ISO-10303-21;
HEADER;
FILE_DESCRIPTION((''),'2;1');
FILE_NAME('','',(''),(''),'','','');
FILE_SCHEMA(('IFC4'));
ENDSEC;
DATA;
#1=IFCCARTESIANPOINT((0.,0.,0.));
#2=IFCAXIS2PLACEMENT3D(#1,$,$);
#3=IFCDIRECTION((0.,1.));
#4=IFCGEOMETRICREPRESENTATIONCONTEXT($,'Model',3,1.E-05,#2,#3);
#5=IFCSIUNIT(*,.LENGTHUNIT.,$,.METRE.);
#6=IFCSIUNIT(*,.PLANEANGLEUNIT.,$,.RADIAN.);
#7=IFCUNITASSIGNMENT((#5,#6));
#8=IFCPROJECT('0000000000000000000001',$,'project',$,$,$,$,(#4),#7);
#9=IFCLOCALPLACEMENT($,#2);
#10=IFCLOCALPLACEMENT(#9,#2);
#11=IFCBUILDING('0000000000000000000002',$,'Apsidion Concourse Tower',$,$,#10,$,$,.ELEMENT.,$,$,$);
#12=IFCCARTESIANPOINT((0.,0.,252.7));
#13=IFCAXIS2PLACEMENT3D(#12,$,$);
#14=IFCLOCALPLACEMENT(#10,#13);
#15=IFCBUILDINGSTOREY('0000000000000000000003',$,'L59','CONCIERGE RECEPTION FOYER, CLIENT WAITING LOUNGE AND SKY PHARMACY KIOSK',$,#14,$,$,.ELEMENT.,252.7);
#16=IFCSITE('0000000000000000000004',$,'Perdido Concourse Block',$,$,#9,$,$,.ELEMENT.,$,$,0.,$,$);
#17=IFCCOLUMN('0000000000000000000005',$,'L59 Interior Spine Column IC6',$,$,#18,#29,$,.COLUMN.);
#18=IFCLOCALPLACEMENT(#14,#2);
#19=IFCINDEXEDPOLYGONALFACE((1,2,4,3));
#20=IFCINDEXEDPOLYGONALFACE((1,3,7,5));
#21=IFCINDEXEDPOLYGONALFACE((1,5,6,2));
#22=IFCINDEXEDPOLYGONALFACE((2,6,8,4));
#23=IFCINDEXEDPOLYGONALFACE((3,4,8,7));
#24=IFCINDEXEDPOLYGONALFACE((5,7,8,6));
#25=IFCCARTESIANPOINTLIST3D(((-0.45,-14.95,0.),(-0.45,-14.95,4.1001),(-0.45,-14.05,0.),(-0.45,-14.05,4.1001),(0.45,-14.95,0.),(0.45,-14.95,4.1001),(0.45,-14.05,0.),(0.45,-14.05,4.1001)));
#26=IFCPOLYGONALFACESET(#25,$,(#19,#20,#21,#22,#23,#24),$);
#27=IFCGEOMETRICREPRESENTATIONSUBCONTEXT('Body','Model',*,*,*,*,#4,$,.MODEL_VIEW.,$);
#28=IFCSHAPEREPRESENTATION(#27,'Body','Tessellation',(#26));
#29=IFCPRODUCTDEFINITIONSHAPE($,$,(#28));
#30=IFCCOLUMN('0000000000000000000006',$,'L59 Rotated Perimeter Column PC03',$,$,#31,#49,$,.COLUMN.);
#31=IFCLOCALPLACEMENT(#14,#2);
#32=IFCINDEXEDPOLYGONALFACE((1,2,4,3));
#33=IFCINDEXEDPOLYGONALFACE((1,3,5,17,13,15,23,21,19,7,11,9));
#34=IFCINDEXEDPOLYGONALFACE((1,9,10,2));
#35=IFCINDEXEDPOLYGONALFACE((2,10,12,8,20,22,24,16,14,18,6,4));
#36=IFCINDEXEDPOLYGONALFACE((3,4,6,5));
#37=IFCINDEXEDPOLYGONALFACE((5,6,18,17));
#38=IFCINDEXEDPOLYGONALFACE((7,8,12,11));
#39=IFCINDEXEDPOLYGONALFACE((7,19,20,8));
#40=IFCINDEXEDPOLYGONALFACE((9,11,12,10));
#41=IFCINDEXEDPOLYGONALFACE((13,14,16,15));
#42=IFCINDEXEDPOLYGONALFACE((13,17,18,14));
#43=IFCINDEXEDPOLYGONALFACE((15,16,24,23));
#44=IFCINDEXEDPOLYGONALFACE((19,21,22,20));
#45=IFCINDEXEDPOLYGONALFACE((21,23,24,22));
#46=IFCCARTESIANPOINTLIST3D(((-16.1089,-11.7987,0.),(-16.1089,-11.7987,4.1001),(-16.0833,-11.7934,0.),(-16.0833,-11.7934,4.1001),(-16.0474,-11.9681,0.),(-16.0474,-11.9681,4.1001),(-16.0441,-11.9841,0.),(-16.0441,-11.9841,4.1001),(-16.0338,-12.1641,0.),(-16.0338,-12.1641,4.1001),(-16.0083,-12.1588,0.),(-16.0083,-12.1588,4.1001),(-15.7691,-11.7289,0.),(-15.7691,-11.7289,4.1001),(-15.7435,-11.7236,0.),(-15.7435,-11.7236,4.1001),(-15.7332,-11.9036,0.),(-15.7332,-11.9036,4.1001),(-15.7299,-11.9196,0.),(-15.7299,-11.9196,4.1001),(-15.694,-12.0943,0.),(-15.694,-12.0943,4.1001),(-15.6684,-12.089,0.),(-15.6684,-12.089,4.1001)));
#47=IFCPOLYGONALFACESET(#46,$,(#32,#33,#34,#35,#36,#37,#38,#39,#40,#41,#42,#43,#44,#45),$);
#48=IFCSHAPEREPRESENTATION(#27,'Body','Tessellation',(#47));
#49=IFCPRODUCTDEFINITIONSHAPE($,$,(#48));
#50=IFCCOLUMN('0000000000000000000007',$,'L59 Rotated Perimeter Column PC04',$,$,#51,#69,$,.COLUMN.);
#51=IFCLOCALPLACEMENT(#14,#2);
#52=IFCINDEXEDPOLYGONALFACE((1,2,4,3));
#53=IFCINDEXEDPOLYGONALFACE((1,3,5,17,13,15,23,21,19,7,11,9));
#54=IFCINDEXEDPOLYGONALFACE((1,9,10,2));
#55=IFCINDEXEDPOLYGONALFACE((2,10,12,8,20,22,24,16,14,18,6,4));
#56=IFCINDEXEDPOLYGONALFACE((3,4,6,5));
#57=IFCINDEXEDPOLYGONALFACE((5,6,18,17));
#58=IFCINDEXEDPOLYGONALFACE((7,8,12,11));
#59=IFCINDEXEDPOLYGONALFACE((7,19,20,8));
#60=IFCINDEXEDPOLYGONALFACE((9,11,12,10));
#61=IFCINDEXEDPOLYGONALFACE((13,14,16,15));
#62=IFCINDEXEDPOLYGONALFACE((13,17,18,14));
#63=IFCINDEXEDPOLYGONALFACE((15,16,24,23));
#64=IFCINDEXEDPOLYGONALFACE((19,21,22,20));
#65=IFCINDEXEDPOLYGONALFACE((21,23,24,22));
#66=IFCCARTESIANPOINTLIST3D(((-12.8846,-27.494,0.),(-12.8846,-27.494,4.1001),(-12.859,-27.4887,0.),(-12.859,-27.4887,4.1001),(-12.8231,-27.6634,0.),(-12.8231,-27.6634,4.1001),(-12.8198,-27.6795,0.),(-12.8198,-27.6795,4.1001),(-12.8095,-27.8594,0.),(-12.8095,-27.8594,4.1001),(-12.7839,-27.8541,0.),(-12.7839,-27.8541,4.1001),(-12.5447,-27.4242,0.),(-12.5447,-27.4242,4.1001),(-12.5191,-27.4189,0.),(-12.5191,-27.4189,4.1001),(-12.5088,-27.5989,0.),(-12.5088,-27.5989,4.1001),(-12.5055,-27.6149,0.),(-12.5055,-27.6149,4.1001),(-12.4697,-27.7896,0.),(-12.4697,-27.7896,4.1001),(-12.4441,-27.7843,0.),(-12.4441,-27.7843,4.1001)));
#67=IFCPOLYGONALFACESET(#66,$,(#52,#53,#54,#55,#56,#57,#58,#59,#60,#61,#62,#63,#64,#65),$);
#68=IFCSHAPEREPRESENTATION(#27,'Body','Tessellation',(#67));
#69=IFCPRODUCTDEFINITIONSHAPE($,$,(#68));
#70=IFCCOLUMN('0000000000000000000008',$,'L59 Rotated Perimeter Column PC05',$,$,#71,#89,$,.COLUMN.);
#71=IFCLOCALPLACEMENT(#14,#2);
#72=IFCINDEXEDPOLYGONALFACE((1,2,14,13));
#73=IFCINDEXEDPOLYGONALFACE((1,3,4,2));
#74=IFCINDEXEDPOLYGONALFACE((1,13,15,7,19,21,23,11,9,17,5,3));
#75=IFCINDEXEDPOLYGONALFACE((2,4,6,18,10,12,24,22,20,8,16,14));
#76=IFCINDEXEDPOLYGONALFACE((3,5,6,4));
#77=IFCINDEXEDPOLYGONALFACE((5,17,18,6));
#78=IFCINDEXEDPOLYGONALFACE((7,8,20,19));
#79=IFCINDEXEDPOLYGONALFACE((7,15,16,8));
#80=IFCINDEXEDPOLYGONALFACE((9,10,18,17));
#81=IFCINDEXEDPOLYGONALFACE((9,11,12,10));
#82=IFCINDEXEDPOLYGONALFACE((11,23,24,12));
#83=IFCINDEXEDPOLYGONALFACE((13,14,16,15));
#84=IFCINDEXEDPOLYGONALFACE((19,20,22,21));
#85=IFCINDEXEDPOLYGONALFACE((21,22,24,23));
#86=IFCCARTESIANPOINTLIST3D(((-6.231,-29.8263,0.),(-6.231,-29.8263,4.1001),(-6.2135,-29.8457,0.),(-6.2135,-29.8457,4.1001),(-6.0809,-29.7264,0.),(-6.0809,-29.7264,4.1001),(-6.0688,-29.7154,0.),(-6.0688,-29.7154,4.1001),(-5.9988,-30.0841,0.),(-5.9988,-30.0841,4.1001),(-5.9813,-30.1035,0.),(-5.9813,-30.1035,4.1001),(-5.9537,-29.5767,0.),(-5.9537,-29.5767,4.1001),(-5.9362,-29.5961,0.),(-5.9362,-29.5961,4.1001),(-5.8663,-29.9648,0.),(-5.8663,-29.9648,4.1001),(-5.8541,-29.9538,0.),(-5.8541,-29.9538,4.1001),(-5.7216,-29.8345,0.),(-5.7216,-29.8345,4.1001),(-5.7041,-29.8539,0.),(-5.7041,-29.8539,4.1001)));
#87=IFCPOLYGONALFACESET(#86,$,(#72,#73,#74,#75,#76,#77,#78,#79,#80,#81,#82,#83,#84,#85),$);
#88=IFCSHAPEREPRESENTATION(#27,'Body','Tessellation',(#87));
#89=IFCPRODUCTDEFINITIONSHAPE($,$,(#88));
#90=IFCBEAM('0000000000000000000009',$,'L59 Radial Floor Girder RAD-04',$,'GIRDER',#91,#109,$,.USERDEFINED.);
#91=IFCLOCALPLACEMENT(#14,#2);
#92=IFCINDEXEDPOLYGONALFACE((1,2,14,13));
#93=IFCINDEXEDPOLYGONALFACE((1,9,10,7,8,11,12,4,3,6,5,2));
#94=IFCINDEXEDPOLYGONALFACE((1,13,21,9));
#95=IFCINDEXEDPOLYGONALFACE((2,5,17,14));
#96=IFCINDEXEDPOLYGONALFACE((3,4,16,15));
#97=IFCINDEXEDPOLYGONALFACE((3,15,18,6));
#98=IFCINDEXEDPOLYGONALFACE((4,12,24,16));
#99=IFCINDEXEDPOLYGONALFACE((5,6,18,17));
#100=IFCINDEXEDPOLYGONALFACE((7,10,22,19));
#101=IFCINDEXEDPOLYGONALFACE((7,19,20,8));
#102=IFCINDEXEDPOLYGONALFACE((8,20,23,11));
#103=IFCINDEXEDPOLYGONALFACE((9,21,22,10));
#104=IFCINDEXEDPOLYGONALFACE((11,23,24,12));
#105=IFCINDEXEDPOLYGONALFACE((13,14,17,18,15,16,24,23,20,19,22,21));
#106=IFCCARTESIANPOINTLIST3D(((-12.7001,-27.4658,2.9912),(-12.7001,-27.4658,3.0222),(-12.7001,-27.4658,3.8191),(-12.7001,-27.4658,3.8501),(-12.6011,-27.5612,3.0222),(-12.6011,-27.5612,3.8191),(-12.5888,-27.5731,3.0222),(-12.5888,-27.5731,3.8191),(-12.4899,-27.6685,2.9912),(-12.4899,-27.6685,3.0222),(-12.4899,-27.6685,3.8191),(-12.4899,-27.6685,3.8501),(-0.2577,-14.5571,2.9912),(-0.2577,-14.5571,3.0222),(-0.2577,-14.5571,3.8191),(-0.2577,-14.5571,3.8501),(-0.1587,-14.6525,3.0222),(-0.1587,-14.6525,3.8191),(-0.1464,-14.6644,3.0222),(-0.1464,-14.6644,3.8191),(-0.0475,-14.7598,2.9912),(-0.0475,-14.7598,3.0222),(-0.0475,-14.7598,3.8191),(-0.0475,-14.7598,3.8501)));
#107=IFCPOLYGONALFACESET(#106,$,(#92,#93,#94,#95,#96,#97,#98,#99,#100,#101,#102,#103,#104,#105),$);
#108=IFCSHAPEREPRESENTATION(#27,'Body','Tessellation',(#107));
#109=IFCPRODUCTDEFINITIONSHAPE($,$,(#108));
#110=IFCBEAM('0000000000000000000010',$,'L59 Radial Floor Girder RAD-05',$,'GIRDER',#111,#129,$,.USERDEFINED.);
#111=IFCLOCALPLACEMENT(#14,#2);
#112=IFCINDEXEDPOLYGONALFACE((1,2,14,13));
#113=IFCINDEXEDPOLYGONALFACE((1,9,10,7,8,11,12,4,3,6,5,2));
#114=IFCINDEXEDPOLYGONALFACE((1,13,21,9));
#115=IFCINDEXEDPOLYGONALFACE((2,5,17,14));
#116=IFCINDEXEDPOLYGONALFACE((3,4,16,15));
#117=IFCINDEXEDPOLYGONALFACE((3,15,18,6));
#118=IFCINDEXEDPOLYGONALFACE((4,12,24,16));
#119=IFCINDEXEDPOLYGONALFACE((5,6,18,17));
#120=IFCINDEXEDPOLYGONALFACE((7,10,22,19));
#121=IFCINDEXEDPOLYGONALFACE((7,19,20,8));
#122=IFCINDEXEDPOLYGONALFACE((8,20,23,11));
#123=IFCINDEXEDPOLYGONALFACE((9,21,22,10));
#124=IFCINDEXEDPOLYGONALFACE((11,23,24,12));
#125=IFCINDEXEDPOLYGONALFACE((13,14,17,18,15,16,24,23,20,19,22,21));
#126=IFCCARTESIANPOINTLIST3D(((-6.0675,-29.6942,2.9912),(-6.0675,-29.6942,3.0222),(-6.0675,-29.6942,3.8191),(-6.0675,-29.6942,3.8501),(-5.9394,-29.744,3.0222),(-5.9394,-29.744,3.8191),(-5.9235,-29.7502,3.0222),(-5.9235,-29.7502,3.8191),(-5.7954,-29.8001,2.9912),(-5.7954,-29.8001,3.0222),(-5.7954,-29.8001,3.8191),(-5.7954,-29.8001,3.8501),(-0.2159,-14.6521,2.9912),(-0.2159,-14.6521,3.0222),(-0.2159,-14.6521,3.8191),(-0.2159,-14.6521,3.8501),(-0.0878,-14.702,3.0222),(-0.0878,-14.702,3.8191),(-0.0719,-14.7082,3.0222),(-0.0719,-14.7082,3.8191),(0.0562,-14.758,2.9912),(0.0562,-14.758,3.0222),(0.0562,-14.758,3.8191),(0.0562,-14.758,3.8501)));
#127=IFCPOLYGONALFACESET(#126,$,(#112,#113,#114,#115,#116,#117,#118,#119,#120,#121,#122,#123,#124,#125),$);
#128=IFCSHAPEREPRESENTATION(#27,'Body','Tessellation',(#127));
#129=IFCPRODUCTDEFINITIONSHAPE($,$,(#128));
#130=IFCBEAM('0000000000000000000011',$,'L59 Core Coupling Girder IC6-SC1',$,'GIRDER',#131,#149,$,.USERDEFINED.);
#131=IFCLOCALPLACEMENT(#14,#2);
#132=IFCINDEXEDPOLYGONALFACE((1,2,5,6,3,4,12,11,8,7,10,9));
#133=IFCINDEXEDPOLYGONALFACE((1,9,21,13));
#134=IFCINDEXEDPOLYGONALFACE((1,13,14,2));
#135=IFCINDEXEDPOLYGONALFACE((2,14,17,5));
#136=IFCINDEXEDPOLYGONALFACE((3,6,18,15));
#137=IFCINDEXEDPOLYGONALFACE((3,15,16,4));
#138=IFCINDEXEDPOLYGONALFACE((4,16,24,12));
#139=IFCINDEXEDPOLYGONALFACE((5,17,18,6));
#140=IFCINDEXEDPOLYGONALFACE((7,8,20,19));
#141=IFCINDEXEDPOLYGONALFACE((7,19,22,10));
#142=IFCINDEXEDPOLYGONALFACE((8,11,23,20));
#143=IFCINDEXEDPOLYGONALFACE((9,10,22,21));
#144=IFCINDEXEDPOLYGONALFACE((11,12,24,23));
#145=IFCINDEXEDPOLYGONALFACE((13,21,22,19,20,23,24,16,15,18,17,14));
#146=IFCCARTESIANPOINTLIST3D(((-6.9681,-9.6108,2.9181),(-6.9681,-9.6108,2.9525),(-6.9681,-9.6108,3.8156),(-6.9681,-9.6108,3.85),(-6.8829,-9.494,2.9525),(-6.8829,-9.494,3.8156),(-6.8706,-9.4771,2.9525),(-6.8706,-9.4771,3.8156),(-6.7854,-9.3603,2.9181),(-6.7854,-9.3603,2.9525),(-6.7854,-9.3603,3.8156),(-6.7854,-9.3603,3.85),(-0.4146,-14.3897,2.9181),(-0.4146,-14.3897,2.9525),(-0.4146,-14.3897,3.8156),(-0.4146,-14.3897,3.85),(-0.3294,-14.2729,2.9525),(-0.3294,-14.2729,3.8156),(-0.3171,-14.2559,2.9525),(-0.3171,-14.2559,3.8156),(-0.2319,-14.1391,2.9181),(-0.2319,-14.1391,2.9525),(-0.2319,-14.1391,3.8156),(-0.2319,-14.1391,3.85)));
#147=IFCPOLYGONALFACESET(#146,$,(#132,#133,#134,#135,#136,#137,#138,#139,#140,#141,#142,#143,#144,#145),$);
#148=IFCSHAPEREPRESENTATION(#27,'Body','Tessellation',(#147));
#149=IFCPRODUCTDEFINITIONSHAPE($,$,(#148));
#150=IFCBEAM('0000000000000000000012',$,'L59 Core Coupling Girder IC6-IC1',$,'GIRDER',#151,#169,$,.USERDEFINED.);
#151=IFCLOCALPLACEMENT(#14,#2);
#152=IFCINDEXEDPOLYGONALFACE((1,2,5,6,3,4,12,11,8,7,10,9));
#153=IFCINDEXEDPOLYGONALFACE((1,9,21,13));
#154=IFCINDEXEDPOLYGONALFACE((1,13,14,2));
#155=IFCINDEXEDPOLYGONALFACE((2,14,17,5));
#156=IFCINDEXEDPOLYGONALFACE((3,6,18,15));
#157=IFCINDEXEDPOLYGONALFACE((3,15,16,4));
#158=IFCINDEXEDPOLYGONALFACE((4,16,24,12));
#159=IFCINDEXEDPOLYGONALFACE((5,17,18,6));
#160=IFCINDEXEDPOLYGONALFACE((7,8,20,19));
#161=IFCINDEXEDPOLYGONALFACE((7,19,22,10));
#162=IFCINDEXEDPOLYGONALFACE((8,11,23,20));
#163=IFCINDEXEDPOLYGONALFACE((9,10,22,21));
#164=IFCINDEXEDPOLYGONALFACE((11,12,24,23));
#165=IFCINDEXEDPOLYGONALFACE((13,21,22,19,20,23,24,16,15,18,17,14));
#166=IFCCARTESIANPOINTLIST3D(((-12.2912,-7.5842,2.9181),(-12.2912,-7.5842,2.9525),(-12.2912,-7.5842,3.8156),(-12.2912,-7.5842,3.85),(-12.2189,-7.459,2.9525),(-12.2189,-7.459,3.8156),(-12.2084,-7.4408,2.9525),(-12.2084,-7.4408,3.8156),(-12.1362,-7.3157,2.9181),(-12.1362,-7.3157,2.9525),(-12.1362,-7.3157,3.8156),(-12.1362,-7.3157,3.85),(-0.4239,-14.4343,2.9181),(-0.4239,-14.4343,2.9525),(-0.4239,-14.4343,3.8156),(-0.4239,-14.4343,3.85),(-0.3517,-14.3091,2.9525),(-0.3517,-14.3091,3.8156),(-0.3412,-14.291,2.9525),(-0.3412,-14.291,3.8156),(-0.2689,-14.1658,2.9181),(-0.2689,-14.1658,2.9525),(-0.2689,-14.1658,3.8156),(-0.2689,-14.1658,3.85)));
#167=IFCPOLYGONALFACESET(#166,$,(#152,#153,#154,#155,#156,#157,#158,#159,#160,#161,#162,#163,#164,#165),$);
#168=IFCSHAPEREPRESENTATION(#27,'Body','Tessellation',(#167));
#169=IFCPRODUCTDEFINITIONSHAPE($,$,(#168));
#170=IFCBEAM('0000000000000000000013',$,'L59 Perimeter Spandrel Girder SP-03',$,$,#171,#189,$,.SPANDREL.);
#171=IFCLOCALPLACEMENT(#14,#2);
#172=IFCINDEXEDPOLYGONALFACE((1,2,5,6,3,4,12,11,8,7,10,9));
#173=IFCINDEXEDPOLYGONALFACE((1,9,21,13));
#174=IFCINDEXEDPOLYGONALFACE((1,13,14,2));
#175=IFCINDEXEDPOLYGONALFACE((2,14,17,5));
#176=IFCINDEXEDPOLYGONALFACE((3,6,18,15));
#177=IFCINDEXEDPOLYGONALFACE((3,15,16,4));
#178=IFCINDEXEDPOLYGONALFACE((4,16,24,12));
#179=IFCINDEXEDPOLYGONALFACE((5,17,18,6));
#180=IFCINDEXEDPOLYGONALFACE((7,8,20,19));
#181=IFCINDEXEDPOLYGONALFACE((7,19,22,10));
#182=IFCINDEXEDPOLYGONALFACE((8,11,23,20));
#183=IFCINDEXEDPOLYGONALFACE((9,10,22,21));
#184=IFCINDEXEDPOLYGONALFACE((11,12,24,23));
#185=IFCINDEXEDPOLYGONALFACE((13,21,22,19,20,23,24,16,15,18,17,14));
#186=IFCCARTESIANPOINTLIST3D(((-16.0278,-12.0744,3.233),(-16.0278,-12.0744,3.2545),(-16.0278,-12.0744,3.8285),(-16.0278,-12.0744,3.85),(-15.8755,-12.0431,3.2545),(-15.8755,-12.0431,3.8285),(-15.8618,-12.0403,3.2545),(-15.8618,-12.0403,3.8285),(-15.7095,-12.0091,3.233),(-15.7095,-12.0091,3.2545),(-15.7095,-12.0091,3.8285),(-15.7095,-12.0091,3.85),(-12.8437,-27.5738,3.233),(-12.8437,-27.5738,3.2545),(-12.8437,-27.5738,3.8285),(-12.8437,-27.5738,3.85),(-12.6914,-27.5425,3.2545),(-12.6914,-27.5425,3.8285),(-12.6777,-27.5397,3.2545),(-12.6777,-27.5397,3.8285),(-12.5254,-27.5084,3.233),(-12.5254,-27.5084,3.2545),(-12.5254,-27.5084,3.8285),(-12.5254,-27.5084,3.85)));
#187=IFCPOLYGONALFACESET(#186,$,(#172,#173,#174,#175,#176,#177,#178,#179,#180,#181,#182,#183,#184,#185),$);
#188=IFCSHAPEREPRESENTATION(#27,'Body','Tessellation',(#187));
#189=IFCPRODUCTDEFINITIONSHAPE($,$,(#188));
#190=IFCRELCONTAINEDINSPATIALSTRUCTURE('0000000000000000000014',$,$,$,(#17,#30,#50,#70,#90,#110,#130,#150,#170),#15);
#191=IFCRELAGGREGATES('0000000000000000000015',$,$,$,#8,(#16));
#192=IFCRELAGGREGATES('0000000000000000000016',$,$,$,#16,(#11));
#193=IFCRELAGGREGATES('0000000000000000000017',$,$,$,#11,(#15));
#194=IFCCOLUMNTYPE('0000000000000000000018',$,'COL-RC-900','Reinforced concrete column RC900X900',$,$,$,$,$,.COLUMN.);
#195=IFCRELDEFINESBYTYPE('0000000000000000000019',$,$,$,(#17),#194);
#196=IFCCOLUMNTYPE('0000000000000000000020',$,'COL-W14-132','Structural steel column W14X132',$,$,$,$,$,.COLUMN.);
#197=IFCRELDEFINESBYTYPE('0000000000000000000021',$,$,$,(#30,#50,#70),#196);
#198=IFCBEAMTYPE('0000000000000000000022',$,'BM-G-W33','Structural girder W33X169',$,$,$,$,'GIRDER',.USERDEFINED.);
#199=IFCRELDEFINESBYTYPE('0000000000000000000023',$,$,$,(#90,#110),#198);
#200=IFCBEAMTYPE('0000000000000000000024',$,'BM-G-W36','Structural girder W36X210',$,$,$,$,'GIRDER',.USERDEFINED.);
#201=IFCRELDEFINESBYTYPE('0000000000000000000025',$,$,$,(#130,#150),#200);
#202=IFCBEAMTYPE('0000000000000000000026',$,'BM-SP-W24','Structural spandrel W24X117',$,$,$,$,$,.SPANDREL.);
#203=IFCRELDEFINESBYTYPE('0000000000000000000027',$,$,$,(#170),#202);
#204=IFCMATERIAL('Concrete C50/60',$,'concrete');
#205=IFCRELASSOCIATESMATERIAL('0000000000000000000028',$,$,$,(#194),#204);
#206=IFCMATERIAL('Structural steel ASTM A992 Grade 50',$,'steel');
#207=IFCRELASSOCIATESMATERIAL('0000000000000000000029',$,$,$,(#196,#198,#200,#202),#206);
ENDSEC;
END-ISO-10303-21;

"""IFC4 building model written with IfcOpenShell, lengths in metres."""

from ifc_helpers import new_model, si_unit, direction, frame, origin, origin_2d, place, context, subcontext, project, spatial, rectangle, i_section, extrude, material, material_profile, profile_set, type_object, element, save


model = new_model("IFC4")

# Units and contexts
model_context = context("Model", 3, precision=1e-05, world=origin(), true_north=direction((0.0, 1.0)))
body_context = subcontext(model_context, "Body", "Model", "MODEL_VIEW")
ifc_project = project(units=[si_unit("LENGTHUNIT", "METRE"), si_unit("PLANEANGLEUNIT", "RADIAN")], contexts=[model_context])

# Site, building, storey
site_placement = place(None, origin())
site = spatial("IfcSite", under=ifc_project, at=site_placement, Name="Perdido Concourse Block", CompositionType="ELEMENT", RefElevation=0.0)
building_placement = place(site_placement, origin())
building = spatial("IfcBuilding", under=site, at=building_placement, Name="Apsidion Concourse Tower", CompositionType="ELEMENT")
storey_placement = place(building_placement, frame((0.0, 0.0, 252.7)))
storey = spatial("IfcBuildingStorey", under=building, at=storey_placement, Name="L59", Description="CONCIERGE RECEPTION FOYER, CLIENT WAITING LOUNGE AND SKY PHARMACY KIOSK", CompositionType="ELEMENT", Elevation=252.7)

# Columns
ifc_material_1 = material(Name="Concrete C50/60", Category="concrete")
ifc_material_profile_1 = material_profile(ifc_material_1, rectangle(XDim=0.8999, YDim=0.8999, at=origin_2d()), Name="RC 900x900")
ifc_profile_set_1 = profile_set([ifc_material_profile_1], Name="Concrete C50/60")
column_type_1 = type_object("IfcColumnType", Name="COL-RC-900", Description="Reinforced concrete column RC900X900", PredefinedType="COLUMN", material=ifc_profile_set_1)
column_placement = place(storey_placement, frame((0.0, -14.5, 0.0), z_axis=(0.0, 0.0, 1.0), x_axis=(1.0, 0.0, 0.0)))
element("IfcColumn", 1, at=column_placement, inside=storey, type_object=column_type_1, Name="L59 Interior Spine Column IC6", PredefinedType="COLUMN", context=body_context, shape_type="SweptSolid", body=[
    extrude(rectangle(XDim=0.8999, YDim=0.8999, at=origin_2d()), origin(), (0.0, 0.0, 1.0), 4.1001),
])
ifc_material_2 = material(Name="Structural steel ASTM A992 Grade 50", Category="steel")
ifc_material_profile_2 = material_profile(ifc_material_2, i_section(OverallWidth=0.373, OverallDepth=0.373, WebThickness=0.0164, FlangeThickness=0.0261, at=origin_2d()), Name="W14X132")
ifc_profile_set_2 = profile_set([ifc_material_profile_2], Name="Structural steel ASTM A992 Grade 50")
column_type_2 = type_object("IfcColumnType", Name="COL-W14-132", Description="Structural steel column W14X132", PredefinedType="COLUMN", material=ifc_profile_set_2)
for number, where, z_axis, x_axis, name in (
    (2, (-15.8887, -11.9438, 0.0), (0.0, 0.0, 1.0), (-0.201249, 0.97954, 0.0), "L59 Rotated Perimeter Column PC03"),
    (3, (-12.6643, -27.6392, 0.0), (0.0, 0.0, 1.0), (-0.201249, 0.97954, 0.0), "L59 Rotated Perimeter Column PC04"),
    (4, (-5.9675, -29.8401, 0.0), (0.0, 0.0, 1.0), (0.743145, 0.669131, 0.0), "L59 Rotated Perimeter Column PC05"),
):
    element("IfcColumn", number, at=place(storey_placement, frame(where, z_axis=z_axis, x_axis=x_axis)), inside=storey, type_object=column_type_2, Name=name, PredefinedType="COLUMN", context=body_context, shape_type="SweptSolid", body=[
        extrude(i_section(OverallWidth=0.373, OverallDepth=0.373, WebThickness=0.0164, FlangeThickness=0.0261, at=origin_2d()), origin(), (0.0, 0.0, 1.0), 4.1001),
    ])

# Beams
ifc_material_profile_3 = material_profile(ifc_material_2, i_section(OverallWidth=0.292, OverallDepth=0.8589, WebThickness=0.0171, FlangeThickness=0.031, at=origin_2d()), Name="W33X169")
ifc_profile_set_3 = profile_set([ifc_material_profile_3], Name="Structural steel ASTM A992 Grade 50")
beam_type_1 = type_object("IfcBeamType", Name="BM-G-W33", Description="Structural girder W33X169", ElementType="GIRDER", PredefinedType="USERDEFINED", material=ifc_profile_set_3)
beam_1_placement = place(storey_placement, frame((-0.1526, -14.6584, 3.4207), z_axis=(-0.693983, -0.719992, 0.0), x_axis=(0.719992, -0.693983, 0.0)))
element("IfcBeam", 5, at=beam_1_placement, inside=storey, type_object=beam_type_1, Name="L59 Radial Floor Girder RAD-04", ObjectType="GIRDER", PredefinedType="USERDEFINED", context=body_context, shape_type="SweptSolid", body=[
    extrude(i_section(OverallWidth=0.292, OverallDepth=0.8589, WebThickness=0.0171, FlangeThickness=0.031, at=origin_2d()), origin(), (0.0, 0.0, 1.0), 17.929),
])
beam_2_placement = place(storey_placement, frame((-0.0798, -14.7051, 3.4207), z_axis=(-0.362548, -0.931965, 0.0), x_axis=(0.931965, -0.362548, 0.0)))
element("IfcBeam", 6, at=beam_2_placement, inside=storey, type_object=beam_type_1, Name="L59 Radial Floor Girder RAD-05", ObjectType="GIRDER", PredefinedType="USERDEFINED", context=body_context, shape_type="SweptSolid", body=[
    extrude(i_section(OverallWidth=0.292, OverallDepth=0.8589, WebThickness=0.0171, FlangeThickness=0.031, at=origin_2d()), origin(), (0.0, 0.0, 1.0), 16.1401),
])
ifc_material_profile_4 = material_profile(ifc_material_2, i_section(OverallWidth=0.3101, OverallDepth=0.9319, WebThickness=0.021, FlangeThickness=0.0344, at=origin_2d()), Name="W36X210")
ifc_profile_set_4 = profile_set([ifc_material_profile_4], Name="Structural steel ASTM A992 Grade 50")
beam_type_2 = type_object("IfcBeamType", Name="BM-G-W36", Description="Structural girder W36X210", ElementType="GIRDER", PredefinedType="USERDEFINED", material=ifc_profile_set_4)
beam_3_placement = place(storey_placement, frame((-0.3232, -14.2644, 3.384), z_axis=(-0.807993, 0.589191, 0.0), x_axis=(-0.589191, -0.807993, 0.0)))
element("IfcBeam", 7, at=beam_3_placement, inside=storey, type_object=beam_type_2, Name="L59 Core Coupling Girder IC6-SC1", ObjectType="GIRDER", PredefinedType="USERDEFINED", context=body_context, shape_type="SweptSolid", body=[
    extrude(i_section(OverallWidth=0.3101, OverallDepth=0.9319, WebThickness=0.021, FlangeThickness=0.0344, at=origin_2d()), origin(), (0.0, 0.0, 1.0), 8.1108),
])
beam_4_placement = place(storey_placement, frame((-0.3464, -14.3, 3.384), z_axis=(-0.86607, 0.499922, 0.0), x_axis=(-0.499922, -0.86607, 0.0)))
element("IfcBeam", 8, at=beam_4_placement, inside=storey, type_object=beam_type_2, Name="L59 Core Coupling Girder IC6-IC1", ObjectType="GIRDER", PredefinedType="USERDEFINED", context=body_context, shape_type="SweptSolid", body=[
    extrude(i_section(OverallWidth=0.3101, OverallDepth=0.9319, WebThickness=0.021, FlangeThickness=0.0344, at=origin_2d()), origin(), (0.0, 0.0, 1.0), 13.7024),
])
ifc_material_profile_5 = material_profile(ifc_material_2, i_section(OverallWidth=0.325, OverallDepth=0.6169, WebThickness=0.0139, FlangeThickness=0.0215, at=origin_2d()), Name="W24X117")
ifc_profile_set_5 = profile_set([ifc_material_profile_5], Name="Structural steel ASTM A992 Grade 50")
beam_type_3 = type_object("IfcBeamType", Name="BM-SP-W24", Description="Structural spandrel W24X117", PredefinedType="SPANDREL", material=ifc_profile_set_5)
beam_5_placement = place(storey_placement, frame((-15.8687, -12.0417, 3.5415), z_axis=(0.201232, -0.979544, 0.0), x_axis=(0.979544, 0.201232, 0.0)))
element("IfcBeam", 9, at=beam_5_placement, inside=storey, type_object=beam_type_3, Name="L59 Perimeter Spandrel Girder SP-03", PredefinedType="SPANDREL", context=body_context, shape_type="SweptSolid", body=[
    extrude(i_section(OverallWidth=0.325, OverallDepth=0.6169, WebThickness=0.0139, FlangeThickness=0.0215, at=origin_2d()), origin(), (0.0, 0.0, 1.0), 15.823),
])

save(model, "model.ifc")
